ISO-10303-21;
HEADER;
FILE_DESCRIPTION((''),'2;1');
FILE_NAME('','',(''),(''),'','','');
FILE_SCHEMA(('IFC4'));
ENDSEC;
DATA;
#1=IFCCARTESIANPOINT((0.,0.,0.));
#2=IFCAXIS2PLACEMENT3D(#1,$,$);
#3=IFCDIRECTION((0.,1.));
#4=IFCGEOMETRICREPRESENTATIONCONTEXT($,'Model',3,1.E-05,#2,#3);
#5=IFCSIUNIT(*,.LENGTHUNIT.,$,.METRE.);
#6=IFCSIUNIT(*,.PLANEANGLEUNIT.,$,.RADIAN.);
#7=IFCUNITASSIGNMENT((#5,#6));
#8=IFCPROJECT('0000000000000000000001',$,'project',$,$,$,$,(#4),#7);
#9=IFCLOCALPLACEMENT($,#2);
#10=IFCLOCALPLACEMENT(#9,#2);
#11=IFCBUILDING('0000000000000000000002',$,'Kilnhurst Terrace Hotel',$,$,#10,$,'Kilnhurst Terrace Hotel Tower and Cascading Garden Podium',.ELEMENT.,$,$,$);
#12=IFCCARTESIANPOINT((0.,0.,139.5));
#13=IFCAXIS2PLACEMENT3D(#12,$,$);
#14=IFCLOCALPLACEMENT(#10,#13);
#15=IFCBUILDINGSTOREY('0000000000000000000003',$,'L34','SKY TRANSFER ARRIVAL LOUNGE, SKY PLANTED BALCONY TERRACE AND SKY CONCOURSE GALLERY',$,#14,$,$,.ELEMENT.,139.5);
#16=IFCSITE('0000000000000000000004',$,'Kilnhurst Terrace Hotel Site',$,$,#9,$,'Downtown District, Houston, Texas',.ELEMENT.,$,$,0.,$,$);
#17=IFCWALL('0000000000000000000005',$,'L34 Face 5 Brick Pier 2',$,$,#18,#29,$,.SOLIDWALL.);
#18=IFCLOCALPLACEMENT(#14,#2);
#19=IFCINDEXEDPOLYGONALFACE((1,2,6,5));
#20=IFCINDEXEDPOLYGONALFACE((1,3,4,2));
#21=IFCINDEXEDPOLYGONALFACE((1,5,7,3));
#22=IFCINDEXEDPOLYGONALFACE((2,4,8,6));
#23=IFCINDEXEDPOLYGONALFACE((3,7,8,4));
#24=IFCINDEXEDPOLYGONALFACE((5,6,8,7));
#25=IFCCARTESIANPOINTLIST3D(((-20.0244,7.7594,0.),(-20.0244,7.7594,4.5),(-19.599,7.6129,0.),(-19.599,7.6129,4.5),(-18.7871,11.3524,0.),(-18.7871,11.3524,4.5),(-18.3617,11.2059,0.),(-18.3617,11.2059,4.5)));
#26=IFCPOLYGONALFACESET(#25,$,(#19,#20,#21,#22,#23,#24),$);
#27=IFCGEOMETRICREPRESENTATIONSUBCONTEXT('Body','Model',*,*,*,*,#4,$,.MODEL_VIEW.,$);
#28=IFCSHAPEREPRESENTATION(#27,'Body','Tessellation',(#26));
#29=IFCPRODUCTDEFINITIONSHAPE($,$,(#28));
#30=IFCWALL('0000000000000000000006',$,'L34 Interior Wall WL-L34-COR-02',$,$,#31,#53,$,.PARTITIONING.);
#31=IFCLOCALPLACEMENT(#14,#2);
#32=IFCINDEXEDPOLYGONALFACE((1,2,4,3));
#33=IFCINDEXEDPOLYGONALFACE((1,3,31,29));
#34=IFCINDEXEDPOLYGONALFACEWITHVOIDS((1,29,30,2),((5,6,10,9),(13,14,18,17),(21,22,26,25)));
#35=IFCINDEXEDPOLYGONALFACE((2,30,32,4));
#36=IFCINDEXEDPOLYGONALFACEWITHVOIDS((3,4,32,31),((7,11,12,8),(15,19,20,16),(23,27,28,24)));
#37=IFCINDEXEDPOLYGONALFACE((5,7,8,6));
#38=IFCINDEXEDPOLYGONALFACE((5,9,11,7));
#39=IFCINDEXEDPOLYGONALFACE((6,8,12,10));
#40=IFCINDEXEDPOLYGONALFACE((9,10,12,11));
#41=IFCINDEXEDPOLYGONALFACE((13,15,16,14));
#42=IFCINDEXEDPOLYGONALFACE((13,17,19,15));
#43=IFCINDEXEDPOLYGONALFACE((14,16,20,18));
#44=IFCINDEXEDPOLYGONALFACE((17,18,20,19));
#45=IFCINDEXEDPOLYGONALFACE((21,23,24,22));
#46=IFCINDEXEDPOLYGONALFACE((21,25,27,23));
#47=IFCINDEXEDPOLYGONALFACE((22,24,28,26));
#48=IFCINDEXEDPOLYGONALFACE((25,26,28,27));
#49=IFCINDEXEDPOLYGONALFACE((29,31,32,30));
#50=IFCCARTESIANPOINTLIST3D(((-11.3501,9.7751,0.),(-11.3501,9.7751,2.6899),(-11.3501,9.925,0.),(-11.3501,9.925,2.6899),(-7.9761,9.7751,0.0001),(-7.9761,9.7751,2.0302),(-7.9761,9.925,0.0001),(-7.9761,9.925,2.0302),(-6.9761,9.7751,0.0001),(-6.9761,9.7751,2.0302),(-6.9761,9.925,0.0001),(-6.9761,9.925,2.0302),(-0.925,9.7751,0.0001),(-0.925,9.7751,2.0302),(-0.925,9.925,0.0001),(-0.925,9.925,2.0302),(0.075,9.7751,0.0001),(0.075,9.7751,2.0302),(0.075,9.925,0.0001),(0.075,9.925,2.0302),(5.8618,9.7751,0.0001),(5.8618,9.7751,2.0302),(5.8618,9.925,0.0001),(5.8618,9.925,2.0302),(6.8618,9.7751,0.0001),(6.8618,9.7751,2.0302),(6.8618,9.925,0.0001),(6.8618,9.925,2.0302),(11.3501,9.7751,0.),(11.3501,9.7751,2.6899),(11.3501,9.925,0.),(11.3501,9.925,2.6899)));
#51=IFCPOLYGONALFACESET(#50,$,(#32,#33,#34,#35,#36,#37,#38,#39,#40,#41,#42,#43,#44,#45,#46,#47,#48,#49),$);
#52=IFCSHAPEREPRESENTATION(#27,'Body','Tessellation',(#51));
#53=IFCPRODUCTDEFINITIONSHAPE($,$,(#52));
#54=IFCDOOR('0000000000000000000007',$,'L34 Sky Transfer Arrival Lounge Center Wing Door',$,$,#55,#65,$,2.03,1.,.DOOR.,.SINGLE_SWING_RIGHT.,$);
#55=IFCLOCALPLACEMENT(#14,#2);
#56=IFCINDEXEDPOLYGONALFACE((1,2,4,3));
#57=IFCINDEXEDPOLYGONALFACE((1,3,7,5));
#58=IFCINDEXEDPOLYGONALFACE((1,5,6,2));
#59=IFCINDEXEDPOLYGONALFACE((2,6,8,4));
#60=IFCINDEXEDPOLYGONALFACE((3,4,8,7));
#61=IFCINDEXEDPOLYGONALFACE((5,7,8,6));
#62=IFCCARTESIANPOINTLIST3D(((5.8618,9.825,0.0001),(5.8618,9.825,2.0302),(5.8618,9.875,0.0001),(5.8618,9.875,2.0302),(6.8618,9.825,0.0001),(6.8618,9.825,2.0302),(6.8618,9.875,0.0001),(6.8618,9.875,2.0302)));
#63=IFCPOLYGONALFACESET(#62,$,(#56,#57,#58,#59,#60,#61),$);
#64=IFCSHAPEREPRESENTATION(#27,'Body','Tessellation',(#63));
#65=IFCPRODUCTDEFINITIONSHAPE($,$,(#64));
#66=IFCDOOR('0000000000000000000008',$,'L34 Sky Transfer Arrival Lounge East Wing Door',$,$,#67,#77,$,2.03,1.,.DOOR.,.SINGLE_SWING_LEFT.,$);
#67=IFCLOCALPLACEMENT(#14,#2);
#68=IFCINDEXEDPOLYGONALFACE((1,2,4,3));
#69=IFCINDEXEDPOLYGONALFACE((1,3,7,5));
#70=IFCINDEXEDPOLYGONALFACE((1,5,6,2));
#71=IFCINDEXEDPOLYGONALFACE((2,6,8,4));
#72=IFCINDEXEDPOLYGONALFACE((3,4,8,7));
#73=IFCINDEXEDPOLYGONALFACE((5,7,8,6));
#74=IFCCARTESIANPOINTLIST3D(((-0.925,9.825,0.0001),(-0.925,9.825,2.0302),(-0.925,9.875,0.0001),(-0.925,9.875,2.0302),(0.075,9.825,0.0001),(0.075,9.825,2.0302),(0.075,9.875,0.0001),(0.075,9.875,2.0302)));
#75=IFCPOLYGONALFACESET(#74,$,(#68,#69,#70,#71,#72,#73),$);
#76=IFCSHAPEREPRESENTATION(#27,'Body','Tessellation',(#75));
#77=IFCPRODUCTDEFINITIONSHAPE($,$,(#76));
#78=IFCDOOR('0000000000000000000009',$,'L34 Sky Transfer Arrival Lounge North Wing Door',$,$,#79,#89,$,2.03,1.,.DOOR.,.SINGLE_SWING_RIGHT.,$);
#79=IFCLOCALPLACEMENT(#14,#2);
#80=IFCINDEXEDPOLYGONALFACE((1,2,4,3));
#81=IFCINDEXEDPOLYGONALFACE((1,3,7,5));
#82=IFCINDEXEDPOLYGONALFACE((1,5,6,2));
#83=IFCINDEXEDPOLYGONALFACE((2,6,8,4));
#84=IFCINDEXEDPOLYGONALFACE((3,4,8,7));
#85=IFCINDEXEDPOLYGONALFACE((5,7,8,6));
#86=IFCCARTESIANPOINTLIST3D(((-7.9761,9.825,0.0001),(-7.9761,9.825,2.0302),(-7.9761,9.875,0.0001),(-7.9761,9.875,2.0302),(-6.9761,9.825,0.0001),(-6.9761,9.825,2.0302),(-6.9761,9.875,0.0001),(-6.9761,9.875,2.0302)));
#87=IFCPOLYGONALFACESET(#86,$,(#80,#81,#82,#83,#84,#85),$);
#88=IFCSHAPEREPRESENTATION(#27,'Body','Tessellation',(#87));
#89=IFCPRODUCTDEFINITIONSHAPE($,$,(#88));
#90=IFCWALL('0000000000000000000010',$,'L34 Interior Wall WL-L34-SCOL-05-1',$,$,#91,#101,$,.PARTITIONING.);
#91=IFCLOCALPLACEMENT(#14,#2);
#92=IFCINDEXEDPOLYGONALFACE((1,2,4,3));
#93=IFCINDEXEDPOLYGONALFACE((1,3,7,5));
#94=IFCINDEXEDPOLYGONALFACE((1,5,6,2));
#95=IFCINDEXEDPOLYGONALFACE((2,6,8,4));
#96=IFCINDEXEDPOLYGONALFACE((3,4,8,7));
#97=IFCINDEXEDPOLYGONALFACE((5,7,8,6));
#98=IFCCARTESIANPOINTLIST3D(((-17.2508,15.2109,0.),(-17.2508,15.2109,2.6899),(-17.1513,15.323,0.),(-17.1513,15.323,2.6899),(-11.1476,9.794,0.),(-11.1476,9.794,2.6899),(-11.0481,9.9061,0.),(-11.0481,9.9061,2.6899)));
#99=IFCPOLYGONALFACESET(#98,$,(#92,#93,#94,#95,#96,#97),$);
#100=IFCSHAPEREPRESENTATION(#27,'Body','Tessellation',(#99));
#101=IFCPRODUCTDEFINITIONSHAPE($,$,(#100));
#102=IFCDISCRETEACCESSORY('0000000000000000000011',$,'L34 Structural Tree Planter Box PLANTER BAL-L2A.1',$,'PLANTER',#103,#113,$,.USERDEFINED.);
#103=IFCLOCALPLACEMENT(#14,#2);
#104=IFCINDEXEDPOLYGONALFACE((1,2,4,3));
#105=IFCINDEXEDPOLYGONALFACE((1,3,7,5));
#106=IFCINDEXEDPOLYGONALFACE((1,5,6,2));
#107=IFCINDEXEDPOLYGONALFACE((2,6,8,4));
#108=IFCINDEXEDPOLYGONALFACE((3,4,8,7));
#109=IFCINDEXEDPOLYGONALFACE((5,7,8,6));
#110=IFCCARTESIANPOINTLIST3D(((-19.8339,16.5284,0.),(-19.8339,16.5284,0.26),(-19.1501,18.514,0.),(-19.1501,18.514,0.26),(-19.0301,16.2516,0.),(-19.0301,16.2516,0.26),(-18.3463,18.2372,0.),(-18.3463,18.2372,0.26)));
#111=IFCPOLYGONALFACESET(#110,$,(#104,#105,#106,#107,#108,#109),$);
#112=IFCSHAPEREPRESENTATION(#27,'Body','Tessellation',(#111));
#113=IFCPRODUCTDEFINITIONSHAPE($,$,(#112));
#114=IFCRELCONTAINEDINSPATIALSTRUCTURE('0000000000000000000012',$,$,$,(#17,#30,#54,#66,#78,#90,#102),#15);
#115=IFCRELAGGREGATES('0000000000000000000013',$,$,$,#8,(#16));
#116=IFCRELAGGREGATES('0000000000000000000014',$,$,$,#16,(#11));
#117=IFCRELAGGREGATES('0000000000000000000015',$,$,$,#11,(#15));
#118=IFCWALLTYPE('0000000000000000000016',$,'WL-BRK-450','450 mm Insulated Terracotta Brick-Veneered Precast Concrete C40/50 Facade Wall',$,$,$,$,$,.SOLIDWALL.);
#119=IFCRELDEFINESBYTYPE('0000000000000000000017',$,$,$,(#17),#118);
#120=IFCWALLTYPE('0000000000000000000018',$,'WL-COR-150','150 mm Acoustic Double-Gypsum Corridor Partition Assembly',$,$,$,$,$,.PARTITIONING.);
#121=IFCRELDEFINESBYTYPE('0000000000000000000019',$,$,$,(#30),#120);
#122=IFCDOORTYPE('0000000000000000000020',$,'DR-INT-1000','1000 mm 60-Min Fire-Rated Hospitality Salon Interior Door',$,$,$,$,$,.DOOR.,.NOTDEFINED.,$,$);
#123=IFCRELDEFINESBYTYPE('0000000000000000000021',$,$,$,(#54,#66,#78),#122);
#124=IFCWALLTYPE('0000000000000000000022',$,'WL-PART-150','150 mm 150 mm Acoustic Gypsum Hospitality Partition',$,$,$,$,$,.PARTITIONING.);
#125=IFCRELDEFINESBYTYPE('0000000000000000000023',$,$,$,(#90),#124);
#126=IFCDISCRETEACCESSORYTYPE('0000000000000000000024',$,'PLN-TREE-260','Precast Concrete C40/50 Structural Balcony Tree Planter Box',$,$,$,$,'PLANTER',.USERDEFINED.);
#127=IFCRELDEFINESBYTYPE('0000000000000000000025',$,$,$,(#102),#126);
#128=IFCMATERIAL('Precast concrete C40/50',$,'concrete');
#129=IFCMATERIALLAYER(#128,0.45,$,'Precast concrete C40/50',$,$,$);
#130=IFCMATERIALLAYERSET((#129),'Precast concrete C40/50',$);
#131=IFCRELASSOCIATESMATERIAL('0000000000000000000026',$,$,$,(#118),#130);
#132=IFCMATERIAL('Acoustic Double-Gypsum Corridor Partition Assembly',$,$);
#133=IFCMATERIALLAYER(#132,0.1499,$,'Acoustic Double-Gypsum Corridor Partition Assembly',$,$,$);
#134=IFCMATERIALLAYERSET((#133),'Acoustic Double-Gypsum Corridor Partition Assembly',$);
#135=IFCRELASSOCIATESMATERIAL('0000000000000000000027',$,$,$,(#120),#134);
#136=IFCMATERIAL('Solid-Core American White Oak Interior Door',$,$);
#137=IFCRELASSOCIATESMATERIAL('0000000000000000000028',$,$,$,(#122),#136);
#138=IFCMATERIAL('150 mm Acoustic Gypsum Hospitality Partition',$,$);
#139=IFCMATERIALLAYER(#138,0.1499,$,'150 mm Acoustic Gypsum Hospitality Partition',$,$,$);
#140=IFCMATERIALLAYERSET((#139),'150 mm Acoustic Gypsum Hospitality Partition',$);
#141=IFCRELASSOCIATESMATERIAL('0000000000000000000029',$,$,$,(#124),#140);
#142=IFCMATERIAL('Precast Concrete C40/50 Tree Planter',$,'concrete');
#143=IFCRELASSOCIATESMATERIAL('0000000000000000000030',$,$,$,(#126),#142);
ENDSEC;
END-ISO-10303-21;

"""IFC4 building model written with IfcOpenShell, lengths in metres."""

from ifc_helpers import new_model, si_unit, direction, frame, frame_2d, origin, origin_2d, place, context, subcontext, project, spatial, rectangle, extrude, material, layer, layer_set, type_object, element, fill, save


model = new_model("IFC4")

# Units and contexts
model_context = context("Model", 3, precision=1e-05, world=origin(), true_north=direction((0.0, 1.0)))
body_context = subcontext(model_context, "Body", "Model", "MODEL_VIEW")
ifc_project = project(units=[si_unit("LENGTHUNIT", "METRE"), si_unit("PLANEANGLEUNIT", "RADIAN")], contexts=[model_context])

# Site, building, storey
site_placement = place(None, origin())
site = spatial("IfcSite", under=ifc_project, at=site_placement, Name="Kilnhurst Terrace Hotel Site", LongName="Downtown District, Houston, Texas", CompositionType="ELEMENT", RefElevation=0.0)
building_placement = place(site_placement, origin())
building = spatial("IfcBuilding", under=site, at=building_placement, Name="Kilnhurst Terrace Hotel", LongName="Kilnhurst Terrace Hotel Tower and Cascading Garden Podium", CompositionType="ELEMENT")
storey_placement = place(building_placement, frame((0.0, 0.0, 139.5)))
storey = spatial("IfcBuildingStorey", under=building, at=storey_placement, Name="L34", Description="SKY TRANSFER ARRIVAL LOUNGE, SKY PLANTED BALCONY TERRACE AND SKY CONCOURSE GALLERY", CompositionType="ELEMENT", Elevation=139.5)

# Shared definitions
ifc_material_1 = material(Name="Precast concrete C40/50", Category="concrete")
ifc_layer_1 = layer(ifc_material_1, 0.45, Name="Precast concrete C40/50")
ifc_layer_set_1 = layer_set([ifc_layer_1], Name="Precast concrete C40/50")
wall_type_1 = type_object("IfcWallType", Name="WL-BRK-450", Description="450 mm Insulated Terracotta Brick-Veneered Precast Concrete C40/50 Facade Wall", PredefinedType="SOLIDWALL", material=ifc_layer_set_1)

# Wall
wall_1_placement = place(storey_placement, frame((-18.5745, 11.2791, 0.0), z_axis=(0.0, 0.0, 1.0), x_axis=(-0.325599, -0.945508, 0.0)))
element("IfcWall", 1, at=wall_1_placement, inside=storey, type_object=wall_type_1, Name="L34 Face 5 Brick Pier 2", PredefinedType="SOLIDWALL", context=body_context, shape_type="SweptSolid", body=[
    extrude(rectangle(XDim=3.8, YDim=0.45, at=frame_2d((1.8999, 0.0))), origin(), (0.0, 0.0, 1.0), 4.5),
])

# Wall, openings, doors
ifc_material_2 = material(Name="Acoustic Double-Gypsum Corridor Partition Assembly")
ifc_layer_2 = layer(ifc_material_2, 0.1499, Name="Acoustic Double-Gypsum Corridor Partition Assembly")
ifc_layer_set_2 = layer_set([ifc_layer_2], Name="Acoustic Double-Gypsum Corridor Partition Assembly")
wall_type_2 = type_object("IfcWallType", Name="WL-COR-150", Description="150 mm Acoustic Double-Gypsum Corridor Partition Assembly", PredefinedType="PARTITIONING", material=ifc_layer_set_2)
wall_2_placement = place(storey_placement, frame((-11.3501, 9.8501, 0.0), z_axis=(0.0, 0.0, 1.0), x_axis=(1.0, 0.0, 0.0)))
wall_2 = element("IfcWall", 2, at=wall_2_placement, inside=storey, type_object=wall_type_2, Name="L34 Interior Wall WL-L34-COR-02", PredefinedType="PARTITIONING", context=body_context, shape_type="SweptSolid", body=[
    extrude(rectangle(XDim=22.7002, YDim=0.1499, at=frame_2d((11.3501, 0.0))), origin(), (0.0, 0.0, 1.0), 2.6899),
])
opening_1_placement = place(wall_2_placement, frame((17.2119, 0.0, 0.0)))
opening_1 = element("IfcOpeningElement", 3, at=opening_1_placement, cuts=wall_2, PredefinedType="OPENING", context=body_context, shape_type="SweptSolid", body=[
    extrude(rectangle(XDim=1.0, YDim=2.03, at=frame_2d((0.5, 1.0151))), frame((0.0, 0.085, 0.0), z_axis=(0.0, -1.0, 0.0), x_axis=(1.0, 0.0, 0.0)), (0.0, 0.0, 1.0), 0.1699),
])
opening_2_placement = place(wall_2_placement, frame((10.425, 0.0, 0.0)))
opening_2 = element("IfcOpeningElement", 4, at=opening_2_placement, cuts=wall_2, PredefinedType="OPENING", context=body_context, shape_type="SweptSolid", body=[
    extrude(rectangle(XDim=1.0, YDim=2.03, at=frame_2d((0.5, 1.0151))), frame((0.0, 0.085, 0.0), z_axis=(0.0, -1.0, 0.0), x_axis=(1.0, 0.0, 0.0)), (0.0, 0.0, 1.0), 0.1699),
])
opening_3_placement = place(wall_2_placement, frame((3.374, 0.0, 0.0)))
opening_3 = element("IfcOpeningElement", 5, at=opening_3_placement, cuts=wall_2, PredefinedType="OPENING", context=body_context, shape_type="SweptSolid", body=[
    extrude(rectangle(XDim=1.0, YDim=2.03, at=frame_2d((0.5, 1.0151))), frame((0.0, 0.085, 0.0), z_axis=(0.0, -1.0, 0.0), x_axis=(1.0, 0.0, 0.0)), (0.0, 0.0, 1.0), 0.1699),
])
ifc_material_3 = material(Name="Solid-Core American White Oak Interior Door")
door_type_1 = type_object("IfcDoorType", Name="DR-INT-1000", Description="1000 mm 60-Min Fire-Rated Hospitality Salon Interior Door", OperationType="NOTDEFINED", PredefinedType="DOOR", material=ifc_material_3)
door_1_placement = place(opening_1_placement, origin())
door_1 = element("IfcDoor", 6, at=door_1_placement, inside=storey, type_object=door_type_1, Name="L34 Sky Transfer Arrival Lounge Center Wing Door", OperationType="SINGLE_SWING_RIGHT", OverallHeight=2.03, OverallWidth=1.0, PredefinedType="DOOR", context=body_context, shape_type="SweptSolid", body=[
    extrude(rectangle(XDim=1.0, YDim=2.03, at=frame_2d((0.5, 1.0151))), frame((0.0, 0.0249, 0.0), z_axis=(0.0, -1.0, 0.0), x_axis=(1.0, 0.0, 0.0)), (0.0, 0.0, 1.0), 0.05),
])
fill(opening_1, door_1)
door_2_placement = place(opening_2_placement, origin())
door_2 = element("IfcDoor", 7, at=door_2_placement, inside=storey, type_object=door_type_1, Name="L34 Sky Transfer Arrival Lounge East Wing Door", OperationType="SINGLE_SWING_LEFT", OverallHeight=2.03, OverallWidth=1.0, PredefinedType="DOOR", context=body_context, shape_type="SweptSolid", body=[
    extrude(rectangle(XDim=1.0, YDim=2.03, at=frame_2d((0.5, 1.0151))), frame((0.0, 0.0249, 0.0), z_axis=(0.0, -1.0, 0.0), x_axis=(1.0, 0.0, 0.0)), (0.0, 0.0, 1.0), 0.05),
])
fill(opening_2, door_2)
door_3_placement = place(opening_3_placement, origin())
door_3 = element("IfcDoor", 8, at=door_3_placement, inside=storey, type_object=door_type_1, Name="L34 Sky Transfer Arrival Lounge North Wing Door", OperationType="SINGLE_SWING_RIGHT", OverallHeight=2.03, OverallWidth=1.0, PredefinedType="DOOR", context=body_context, shape_type="SweptSolid", body=[
    extrude(rectangle(XDim=1.0, YDim=2.03, at=frame_2d((0.5, 1.0151))), frame((0.0, 0.0249, 0.0), z_axis=(0.0, -1.0, 0.0), x_axis=(1.0, 0.0, 0.0)), (0.0, 0.0, 1.0), 0.05),
])
fill(opening_3, door_3)

# Wall
ifc_material_4 = material(Name="150 mm Acoustic Gypsum Hospitality Partition")
ifc_layer_3 = layer(ifc_material_4, 0.1499, Name="150 mm Acoustic Gypsum Hospitality Partition")
ifc_layer_set_3 = layer_set([ifc_layer_3], Name="150 mm Acoustic Gypsum Hospitality Partition")
wall_type_3 = type_object("IfcWallType", Name="WL-PART-150", Description="150 mm 150 mm Acoustic Gypsum Hospitality Partition", PredefinedType="PARTITIONING", material=ifc_layer_set_3)
wall_3_placement = place(storey_placement, frame((-11.0979, 9.8501, 0.0), z_axis=(0.0, 0.0, 1.0), x_axis=(-0.747904, 0.663807, 0.0)))
element("IfcWall", 9, at=wall_3_placement, inside=storey, type_object=wall_type_3, Name="L34 Interior Wall WL-L34-SCOL-05-1", PredefinedType="PARTITIONING", context=body_context, shape_type="SweptSolid", body=[
    extrude(rectangle(XDim=8.1604, YDim=0.1499, at=frame_2d((4.0801, 0.0))), origin(), (0.0, 0.0, 1.0), 2.6899),
])

# Discrete accessory
ifc_material_5 = material(Name="Precast Concrete C40/50 Tree Planter", Category="concrete")
discrete_accessory_type = type_object("IfcDiscreteAccessoryType", Name="PLN-TREE-260", Description="Precast Concrete C40/50 Structural Balcony Tree Planter Box", ElementType="PLANTER", PredefinedType="USERDEFINED", material=ifc_material_5)
discrete_accessory_placement = place(storey_placement, frame((-19.0901, 17.3828, 0.0), z_axis=(0.0, 0.0, 1.0), x_axis=(-0.325601, -0.945507, 0.0)))
element("IfcDiscreteAccessory", 10, at=discrete_accessory_placement, inside=storey, type_object=discrete_accessory_type, Name="L34 Structural Tree Planter Box PLANTER BAL-L2A.1", ObjectType="PLANTER", PredefinedType="USERDEFINED", context=body_context, shape_type="SweptSolid", body=[
    extrude(rectangle(XDim=2.1001, YDim=0.8501, at=origin_2d()), origin(), (0.0, 0.0, 1.0), 0.26),
])

save(model, "model.ifc")
